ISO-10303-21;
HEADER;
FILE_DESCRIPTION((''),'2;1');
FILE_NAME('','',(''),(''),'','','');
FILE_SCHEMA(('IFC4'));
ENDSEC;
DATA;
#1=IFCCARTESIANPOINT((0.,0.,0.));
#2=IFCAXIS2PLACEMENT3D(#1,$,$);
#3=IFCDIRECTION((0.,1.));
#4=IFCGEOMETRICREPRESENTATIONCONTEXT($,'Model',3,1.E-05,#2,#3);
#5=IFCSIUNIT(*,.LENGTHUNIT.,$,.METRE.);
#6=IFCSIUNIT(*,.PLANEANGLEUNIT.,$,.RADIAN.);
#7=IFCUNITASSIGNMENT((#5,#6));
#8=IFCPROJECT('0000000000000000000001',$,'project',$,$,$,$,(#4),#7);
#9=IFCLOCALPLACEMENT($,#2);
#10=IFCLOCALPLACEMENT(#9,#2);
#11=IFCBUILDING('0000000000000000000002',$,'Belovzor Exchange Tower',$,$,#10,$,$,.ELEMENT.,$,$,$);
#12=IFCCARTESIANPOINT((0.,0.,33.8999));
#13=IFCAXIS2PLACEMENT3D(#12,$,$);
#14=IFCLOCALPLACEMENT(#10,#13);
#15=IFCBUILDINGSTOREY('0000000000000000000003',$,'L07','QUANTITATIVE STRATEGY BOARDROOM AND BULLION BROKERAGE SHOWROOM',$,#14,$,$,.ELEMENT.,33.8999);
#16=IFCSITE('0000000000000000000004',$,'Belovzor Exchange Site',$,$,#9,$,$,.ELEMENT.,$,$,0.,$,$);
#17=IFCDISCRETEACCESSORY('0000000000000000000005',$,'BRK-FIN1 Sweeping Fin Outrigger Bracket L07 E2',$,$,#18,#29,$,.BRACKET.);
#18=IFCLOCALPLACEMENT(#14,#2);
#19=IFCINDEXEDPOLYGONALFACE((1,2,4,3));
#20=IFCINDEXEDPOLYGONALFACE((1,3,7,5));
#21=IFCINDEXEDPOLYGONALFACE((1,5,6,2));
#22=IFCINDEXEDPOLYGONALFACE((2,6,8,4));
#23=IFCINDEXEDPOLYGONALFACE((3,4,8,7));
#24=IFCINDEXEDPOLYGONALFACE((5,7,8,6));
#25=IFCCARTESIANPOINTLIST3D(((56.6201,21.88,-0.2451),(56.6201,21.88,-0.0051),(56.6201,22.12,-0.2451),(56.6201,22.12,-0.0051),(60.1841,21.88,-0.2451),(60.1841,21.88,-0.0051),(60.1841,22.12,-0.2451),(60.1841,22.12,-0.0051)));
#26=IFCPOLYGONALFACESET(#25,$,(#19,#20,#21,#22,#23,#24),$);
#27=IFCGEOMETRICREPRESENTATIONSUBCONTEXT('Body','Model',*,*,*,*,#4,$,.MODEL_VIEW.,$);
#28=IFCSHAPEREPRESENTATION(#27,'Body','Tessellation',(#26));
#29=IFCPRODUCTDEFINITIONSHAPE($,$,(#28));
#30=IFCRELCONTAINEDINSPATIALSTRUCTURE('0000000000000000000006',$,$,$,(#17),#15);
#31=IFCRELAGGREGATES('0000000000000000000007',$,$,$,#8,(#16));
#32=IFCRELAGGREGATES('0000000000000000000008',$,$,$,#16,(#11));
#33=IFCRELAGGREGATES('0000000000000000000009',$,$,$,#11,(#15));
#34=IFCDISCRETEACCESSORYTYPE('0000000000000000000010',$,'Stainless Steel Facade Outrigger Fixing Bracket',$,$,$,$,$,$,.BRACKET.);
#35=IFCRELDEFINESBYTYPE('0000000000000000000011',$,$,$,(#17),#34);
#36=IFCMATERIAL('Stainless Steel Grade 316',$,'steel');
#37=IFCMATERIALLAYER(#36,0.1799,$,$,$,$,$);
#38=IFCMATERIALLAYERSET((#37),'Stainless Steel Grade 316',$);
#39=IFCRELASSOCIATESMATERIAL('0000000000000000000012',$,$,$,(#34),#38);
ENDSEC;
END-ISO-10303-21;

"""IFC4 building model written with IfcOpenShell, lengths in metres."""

from ifc_helpers import new_model, si_unit, direction, frame, origin, origin_2d, place, context, subcontext, project, spatial, rectangle, extrude, material, layer, layer_set, type_object, element, save


model = new_model("IFC4")

# Units and contexts
model_context = context("Model", 3, precision=1e-05, world=origin(), true_north=direction((0.0, 1.0)))
body_context = subcontext(model_context, "Body", "Model", "MODEL_VIEW")
ifc_project = project(units=[si_unit("LENGTHUNIT", "METRE"), si_unit("PLANEANGLEUNIT", "RADIAN")], contexts=[model_context])

# Site, building, storey
site_placement = place(None, origin())
site = spatial("IfcSite", under=ifc_project, at=site_placement, Name="Belovzor Exchange Site", CompositionType="ELEMENT", RefElevation=0.0)
building_placement = place(site_placement, origin())
building = spatial("IfcBuilding", under=site, at=building_placement, Name="Belovzor Exchange Tower", CompositionType="ELEMENT")
storey_placement = place(building_placement, frame((0.0, 0.0, 33.8999)))
storey = spatial("IfcBuildingStorey", under=building, at=storey_placement, Name="L07", Description="QUANTITATIVE STRATEGY BOARDROOM AND BULLION BROKERAGE SHOWROOM", CompositionType="ELEMENT", Elevation=33.8999)

# Discrete accessory
ifc_material_1 = material(Name="Stainless Steel Grade 316", Category="steel")
ifc_layer_1 = layer(ifc_material_1, 0.1799)
ifc_layer_set_1 = layer_set([ifc_layer_1], Name="Stainless Steel Grade 316")
discrete_accessory_type = type_object("IfcDiscreteAccessoryType", Name="Stainless Steel Facade Outrigger Fixing Bracket", PredefinedType="BRACKET", material=ifc_layer_set_1)
discrete_accessory_placement = place(storey_placement, frame((58.4021, 22.0, -0.2451), z_axis=(0.0, 0.0, 1.0), x_axis=(1.0, 0.0, 0.0)))
element("IfcDiscreteAccessory", 1, at=discrete_accessory_placement, inside=storey, type_object=discrete_accessory_type, Name="BRK-FIN1 Sweeping Fin Outrigger Bracket L07 E2", PredefinedType="BRACKET", context=body_context, shape_type="SweptSolid", body=[
    extrude(rectangle(XDim=3.564, YDim=0.24, at=origin_2d()), origin(), (0.0, 0.0, 1.0), 0.24),
])

save(model, "model.ifc")
